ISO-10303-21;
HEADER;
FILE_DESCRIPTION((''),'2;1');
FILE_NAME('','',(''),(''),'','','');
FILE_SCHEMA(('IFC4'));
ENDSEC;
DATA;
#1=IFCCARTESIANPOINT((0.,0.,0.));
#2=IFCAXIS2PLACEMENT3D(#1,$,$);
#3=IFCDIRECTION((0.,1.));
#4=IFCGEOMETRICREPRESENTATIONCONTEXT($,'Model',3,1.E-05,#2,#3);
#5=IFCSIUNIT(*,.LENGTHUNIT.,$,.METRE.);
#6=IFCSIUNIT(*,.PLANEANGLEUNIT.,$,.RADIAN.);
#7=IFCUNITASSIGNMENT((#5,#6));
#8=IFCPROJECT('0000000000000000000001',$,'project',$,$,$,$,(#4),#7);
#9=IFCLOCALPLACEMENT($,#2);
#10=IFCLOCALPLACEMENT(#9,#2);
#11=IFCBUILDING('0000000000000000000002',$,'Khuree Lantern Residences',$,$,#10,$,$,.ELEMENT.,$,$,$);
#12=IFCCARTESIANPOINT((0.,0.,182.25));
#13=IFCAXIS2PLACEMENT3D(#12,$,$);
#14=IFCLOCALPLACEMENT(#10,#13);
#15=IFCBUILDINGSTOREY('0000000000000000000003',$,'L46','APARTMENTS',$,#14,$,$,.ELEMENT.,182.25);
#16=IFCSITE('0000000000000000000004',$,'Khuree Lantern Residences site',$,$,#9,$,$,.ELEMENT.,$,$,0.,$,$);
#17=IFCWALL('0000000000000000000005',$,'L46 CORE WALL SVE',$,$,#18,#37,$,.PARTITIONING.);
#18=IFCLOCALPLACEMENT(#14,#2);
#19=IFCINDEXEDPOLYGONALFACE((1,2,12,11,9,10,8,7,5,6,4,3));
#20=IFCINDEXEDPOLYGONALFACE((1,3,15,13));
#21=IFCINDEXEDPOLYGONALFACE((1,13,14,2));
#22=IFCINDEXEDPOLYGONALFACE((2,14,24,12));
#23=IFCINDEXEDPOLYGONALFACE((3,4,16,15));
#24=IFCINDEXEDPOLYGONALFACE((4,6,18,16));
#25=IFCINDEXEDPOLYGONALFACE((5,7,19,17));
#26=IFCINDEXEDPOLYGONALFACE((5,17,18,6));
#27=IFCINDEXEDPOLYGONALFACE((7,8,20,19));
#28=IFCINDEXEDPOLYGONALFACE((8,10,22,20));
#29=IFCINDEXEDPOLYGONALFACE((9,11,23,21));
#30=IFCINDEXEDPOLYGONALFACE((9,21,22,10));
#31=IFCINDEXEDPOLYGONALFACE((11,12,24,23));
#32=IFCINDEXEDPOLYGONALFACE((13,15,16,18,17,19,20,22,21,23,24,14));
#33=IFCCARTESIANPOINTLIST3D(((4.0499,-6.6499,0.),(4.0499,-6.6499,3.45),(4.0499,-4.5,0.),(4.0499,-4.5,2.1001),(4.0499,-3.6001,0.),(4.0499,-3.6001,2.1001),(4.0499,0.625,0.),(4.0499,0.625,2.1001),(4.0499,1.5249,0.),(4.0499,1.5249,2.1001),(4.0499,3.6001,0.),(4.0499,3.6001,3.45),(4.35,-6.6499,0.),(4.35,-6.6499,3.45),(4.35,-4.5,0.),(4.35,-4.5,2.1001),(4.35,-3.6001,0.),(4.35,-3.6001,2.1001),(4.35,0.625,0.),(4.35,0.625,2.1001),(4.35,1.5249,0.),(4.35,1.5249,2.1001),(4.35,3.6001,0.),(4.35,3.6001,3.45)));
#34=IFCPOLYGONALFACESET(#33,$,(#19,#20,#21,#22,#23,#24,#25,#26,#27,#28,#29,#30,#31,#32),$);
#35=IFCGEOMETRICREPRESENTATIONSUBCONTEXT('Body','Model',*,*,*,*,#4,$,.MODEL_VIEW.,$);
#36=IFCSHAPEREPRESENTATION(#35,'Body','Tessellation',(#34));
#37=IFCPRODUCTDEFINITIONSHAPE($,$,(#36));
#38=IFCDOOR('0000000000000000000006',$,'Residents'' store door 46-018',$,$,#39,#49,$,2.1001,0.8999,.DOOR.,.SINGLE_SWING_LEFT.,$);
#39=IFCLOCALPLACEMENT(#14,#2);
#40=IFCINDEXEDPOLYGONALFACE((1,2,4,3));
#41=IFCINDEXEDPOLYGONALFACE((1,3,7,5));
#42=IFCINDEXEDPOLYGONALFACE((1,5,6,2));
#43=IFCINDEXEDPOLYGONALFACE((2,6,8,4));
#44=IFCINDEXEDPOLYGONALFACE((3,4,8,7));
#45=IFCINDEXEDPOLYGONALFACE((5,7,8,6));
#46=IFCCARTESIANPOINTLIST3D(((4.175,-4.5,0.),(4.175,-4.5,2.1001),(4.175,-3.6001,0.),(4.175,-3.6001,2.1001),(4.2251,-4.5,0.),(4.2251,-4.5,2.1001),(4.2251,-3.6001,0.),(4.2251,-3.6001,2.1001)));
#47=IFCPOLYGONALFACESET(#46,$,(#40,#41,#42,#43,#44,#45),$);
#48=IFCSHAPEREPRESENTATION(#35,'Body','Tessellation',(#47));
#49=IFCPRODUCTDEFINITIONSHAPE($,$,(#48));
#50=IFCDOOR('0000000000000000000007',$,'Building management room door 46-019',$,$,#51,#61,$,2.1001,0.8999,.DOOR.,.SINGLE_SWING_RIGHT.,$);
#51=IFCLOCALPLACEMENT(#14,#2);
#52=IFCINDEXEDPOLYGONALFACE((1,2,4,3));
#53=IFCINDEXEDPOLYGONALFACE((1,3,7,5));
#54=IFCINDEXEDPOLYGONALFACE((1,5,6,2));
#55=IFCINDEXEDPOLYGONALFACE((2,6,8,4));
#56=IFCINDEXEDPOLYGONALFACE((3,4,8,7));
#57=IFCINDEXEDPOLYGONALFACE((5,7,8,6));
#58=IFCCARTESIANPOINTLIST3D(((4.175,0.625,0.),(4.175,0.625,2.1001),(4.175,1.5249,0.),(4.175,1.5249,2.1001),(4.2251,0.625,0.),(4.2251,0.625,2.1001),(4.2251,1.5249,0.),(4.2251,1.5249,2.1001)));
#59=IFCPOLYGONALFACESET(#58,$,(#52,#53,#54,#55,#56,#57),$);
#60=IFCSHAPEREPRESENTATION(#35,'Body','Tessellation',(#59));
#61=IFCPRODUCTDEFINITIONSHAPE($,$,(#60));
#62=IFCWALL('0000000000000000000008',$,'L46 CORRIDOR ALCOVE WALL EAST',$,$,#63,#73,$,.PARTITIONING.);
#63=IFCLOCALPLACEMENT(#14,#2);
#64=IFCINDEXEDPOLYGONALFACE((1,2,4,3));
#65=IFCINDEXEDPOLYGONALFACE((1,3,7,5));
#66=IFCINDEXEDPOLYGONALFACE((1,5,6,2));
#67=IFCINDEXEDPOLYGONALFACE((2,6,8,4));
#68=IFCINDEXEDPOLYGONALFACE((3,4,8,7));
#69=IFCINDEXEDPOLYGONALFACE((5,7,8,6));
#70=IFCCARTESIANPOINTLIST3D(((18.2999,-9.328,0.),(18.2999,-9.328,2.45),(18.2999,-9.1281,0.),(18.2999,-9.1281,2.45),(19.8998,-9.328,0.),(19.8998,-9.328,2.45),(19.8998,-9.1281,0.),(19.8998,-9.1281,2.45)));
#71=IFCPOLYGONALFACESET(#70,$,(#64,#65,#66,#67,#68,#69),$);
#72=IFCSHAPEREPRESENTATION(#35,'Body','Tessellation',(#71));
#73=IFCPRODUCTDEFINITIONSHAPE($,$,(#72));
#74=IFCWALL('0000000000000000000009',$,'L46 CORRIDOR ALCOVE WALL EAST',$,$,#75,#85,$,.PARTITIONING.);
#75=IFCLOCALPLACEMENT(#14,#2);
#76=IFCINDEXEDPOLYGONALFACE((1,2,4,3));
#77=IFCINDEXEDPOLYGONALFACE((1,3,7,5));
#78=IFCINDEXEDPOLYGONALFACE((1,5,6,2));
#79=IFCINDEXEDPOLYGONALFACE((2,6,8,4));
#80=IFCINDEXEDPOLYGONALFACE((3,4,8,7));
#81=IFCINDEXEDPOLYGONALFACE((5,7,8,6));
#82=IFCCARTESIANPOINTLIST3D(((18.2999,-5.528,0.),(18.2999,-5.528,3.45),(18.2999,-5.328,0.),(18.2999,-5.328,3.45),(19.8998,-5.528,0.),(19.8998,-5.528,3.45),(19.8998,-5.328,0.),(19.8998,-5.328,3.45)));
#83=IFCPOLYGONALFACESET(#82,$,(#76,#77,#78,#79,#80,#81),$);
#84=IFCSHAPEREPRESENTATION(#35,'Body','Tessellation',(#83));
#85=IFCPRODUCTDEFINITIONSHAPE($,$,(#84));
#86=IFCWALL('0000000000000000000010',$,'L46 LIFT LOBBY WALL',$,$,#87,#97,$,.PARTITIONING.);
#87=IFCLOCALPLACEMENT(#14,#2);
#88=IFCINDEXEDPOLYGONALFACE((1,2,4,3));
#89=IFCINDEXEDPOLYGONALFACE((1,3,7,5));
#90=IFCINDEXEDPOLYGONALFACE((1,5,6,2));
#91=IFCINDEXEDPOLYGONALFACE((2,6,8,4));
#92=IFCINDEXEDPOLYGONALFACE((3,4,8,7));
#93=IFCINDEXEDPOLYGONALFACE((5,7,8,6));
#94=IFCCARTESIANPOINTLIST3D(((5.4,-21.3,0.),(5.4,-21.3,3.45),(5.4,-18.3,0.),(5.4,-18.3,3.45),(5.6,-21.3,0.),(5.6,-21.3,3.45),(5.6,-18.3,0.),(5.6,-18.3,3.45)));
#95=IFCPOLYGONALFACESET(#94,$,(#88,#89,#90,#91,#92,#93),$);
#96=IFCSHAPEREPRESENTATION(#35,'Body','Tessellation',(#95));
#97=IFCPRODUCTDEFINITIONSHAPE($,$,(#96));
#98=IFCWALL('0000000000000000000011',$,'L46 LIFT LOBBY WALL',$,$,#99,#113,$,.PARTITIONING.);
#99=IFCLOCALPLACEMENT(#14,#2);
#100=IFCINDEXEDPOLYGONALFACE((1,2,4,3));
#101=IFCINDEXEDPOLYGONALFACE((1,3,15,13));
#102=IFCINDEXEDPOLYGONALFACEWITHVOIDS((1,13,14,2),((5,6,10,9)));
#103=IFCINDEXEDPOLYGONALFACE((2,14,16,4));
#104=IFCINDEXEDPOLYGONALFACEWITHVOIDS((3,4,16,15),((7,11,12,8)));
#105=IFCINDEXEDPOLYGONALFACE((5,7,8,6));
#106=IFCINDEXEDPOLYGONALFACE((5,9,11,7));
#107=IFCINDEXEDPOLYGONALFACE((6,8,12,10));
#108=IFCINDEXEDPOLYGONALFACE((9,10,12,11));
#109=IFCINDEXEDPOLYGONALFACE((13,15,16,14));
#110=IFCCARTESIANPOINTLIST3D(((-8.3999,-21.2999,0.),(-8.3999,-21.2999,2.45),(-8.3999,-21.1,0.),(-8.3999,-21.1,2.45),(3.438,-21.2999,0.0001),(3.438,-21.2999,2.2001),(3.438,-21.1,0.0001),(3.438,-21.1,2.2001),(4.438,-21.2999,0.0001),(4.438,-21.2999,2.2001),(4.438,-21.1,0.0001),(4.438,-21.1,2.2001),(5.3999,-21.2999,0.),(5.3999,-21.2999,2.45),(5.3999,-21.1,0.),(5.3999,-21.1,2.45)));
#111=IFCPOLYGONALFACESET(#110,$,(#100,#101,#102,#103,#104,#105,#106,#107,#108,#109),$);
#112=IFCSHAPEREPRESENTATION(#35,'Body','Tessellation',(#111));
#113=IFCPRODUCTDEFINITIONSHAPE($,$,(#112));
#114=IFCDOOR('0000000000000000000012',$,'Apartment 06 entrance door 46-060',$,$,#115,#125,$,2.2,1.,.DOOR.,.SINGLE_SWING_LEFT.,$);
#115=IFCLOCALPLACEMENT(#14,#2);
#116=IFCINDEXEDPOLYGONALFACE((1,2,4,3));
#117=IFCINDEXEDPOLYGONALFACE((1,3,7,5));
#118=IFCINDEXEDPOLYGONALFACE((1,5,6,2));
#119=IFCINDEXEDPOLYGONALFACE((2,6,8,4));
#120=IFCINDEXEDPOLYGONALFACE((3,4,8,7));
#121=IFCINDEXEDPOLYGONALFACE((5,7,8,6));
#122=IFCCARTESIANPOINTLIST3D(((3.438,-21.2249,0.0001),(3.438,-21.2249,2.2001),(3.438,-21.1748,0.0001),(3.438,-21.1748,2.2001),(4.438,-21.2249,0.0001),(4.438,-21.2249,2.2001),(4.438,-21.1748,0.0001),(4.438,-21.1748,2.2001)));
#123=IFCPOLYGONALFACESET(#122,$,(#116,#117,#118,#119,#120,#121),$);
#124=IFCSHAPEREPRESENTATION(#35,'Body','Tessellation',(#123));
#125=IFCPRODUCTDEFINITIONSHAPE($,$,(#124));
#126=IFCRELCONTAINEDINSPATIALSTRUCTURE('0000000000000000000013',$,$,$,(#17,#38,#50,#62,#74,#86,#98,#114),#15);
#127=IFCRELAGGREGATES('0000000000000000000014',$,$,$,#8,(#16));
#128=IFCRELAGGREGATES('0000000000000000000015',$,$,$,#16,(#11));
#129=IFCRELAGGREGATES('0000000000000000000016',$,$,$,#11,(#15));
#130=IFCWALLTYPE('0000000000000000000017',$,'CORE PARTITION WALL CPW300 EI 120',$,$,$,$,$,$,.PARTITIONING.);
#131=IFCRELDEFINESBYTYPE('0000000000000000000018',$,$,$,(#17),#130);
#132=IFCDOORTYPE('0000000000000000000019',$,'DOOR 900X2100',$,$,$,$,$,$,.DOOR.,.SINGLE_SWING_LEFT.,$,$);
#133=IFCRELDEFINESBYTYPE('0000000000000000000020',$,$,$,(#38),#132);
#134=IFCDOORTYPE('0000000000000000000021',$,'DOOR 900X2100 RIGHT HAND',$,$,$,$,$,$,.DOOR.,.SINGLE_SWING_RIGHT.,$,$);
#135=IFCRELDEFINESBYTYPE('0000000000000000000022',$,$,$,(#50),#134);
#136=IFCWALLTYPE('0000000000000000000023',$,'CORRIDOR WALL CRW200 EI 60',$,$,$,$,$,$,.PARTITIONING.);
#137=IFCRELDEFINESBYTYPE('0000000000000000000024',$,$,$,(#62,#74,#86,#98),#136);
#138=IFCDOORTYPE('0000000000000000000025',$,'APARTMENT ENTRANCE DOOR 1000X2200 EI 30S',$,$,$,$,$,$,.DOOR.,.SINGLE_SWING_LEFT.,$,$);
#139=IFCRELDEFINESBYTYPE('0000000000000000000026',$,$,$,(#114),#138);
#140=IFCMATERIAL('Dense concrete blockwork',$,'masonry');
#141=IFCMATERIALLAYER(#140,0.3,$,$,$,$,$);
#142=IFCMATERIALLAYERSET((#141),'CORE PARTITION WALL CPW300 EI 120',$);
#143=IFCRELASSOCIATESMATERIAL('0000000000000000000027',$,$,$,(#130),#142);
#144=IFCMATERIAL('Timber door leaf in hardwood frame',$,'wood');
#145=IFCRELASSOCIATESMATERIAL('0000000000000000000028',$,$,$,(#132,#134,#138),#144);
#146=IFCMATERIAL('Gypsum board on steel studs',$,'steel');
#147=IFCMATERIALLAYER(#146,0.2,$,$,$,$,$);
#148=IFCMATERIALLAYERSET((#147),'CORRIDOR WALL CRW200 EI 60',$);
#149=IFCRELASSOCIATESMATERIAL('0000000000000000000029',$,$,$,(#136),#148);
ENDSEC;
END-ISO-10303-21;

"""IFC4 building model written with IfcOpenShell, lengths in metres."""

from ifc_helpers import new_model, si_unit, direction, frame, frame_2d, origin, place, context, subcontext, project, spatial, rectangle, extrude, material, layer, layer_set, type_object, element, fill, save


model = new_model("IFC4")

# Units and contexts
model_context = context("Model", 3, precision=1e-05, world=origin(), true_north=direction((0.0, 1.0)))
body_context = subcontext(model_context, "Body", "Model", "MODEL_VIEW")
ifc_project = project(units=[si_unit("LENGTHUNIT", "METRE"), si_unit("PLANEANGLEUNIT", "RADIAN")], contexts=[model_context])

# Site, building, storey
site_placement = place(None, origin())
site = spatial("IfcSite", under=ifc_project, at=site_placement, Name="Khuree Lantern Residences site", CompositionType="ELEMENT", RefElevation=0.0)
building_placement = place(site_placement, origin())
building = spatial("IfcBuilding", under=site, at=building_placement, Name="Khuree Lantern Residences", CompositionType="ELEMENT")
storey_placement = place(building_placement, frame((0.0, 0.0, 182.25)))
storey = spatial("IfcBuildingStorey", under=building, at=storey_placement, Name="L46", Description="APARTMENTS", CompositionType="ELEMENT", Elevation=182.25)

# Shared definitions
ifc_material_1 = material(Name="Timber door leaf in hardwood frame", Category="wood")

# Shared definitions
ifc_material_2 = material(Name="Dense concrete blockwork", Category="masonry")
ifc_layer_1 = layer(ifc_material_2, 0.3)
ifc_layer_set_1 = layer_set([ifc_layer_1], Name="CORE PARTITION WALL CPW300 EI 120")
wall_type_1 = type_object("IfcWallType", Name="CORE PARTITION WALL CPW300 EI 120", PredefinedType="PARTITIONING", material=ifc_layer_set_1)

# Wall, openings, doors
wall_1_placement = place(storey_placement, frame((4.2, -6.6499, 0.0), z_axis=(0.0, 0.0, 1.0), x_axis=(0.0, 1.0, 0.0)))
wall_1 = element("IfcWall", 1, at=wall_1_placement, inside=storey, type_object=wall_type_1, Name="L46 CORE WALL SVE", PredefinedType="PARTITIONING", context=body_context, shape_type="SweptSolid", body=[
    extrude(rectangle(XDim=10.25, YDim=0.3, at=frame_2d((5.125, 0.0))), origin(), (0.0, 0.0, 1.0), 3.45),
])
opening_1_placement = place(wall_1_placement, frame((2.1499, 0.0, 0.0)))
opening_1 = element("IfcOpeningElement", 2, at=opening_1_placement, cuts=wall_1, PredefinedType="OPENING", context=body_context, shape_type="SweptSolid", body=[
    extrude(rectangle(XDim=0.8999, YDim=2.1001, at=frame_2d((0.45, 1.05))), frame((0.0, 0.1602, 0.0), z_axis=(0.0, -1.0, 0.0), x_axis=(1.0, 0.0, 0.0)), (0.0, 0.0, 1.0), 0.3201),
])
opening_2_placement = place(wall_1_placement, frame((7.2749, 0.0, 0.0)))
opening_2 = element("IfcOpeningElement", 3, at=opening_2_placement, cuts=wall_1, PredefinedType="OPENING", context=body_context, shape_type="SweptSolid", body=[
    extrude(rectangle(XDim=0.8999, YDim=2.1001, at=frame_2d((0.45, 1.05))), frame((0.0, 0.1602, 0.0), z_axis=(0.0, -1.0, 0.0), x_axis=(1.0, 0.0, 0.0)), (0.0, 0.0, 1.0), 0.3201),
])
door_type_1 = type_object("IfcDoorType", Name="DOOR 900X2100", OperationType="SINGLE_SWING_LEFT", PredefinedType="DOOR", material=ifc_material_1)
door_1_placement = place(opening_1_placement, origin())
door_1 = element("IfcDoor", 4, at=door_1_placement, inside=storey, type_object=door_type_1, Name="Residents' store door 46-018", OperationType="SINGLE_SWING_LEFT", OverallHeight=2.1001, OverallWidth=0.8999, PredefinedType="DOOR", context=body_context, shape_type="SweptSolid", body=[
    extrude(rectangle(XDim=0.8999, YDim=2.1001, at=frame_2d((0.45, 1.05))), frame((0.0, 0.0249, 0.0), z_axis=(0.0, -1.0, 0.0), x_axis=(1.0, 0.0, 0.0)), (0.0, 0.0, 1.0), 0.05),
])
fill(opening_1, door_1)
door_type_2 = type_object("IfcDoorType", Name="DOOR 900X2100 RIGHT HAND", OperationType="SINGLE_SWING_RIGHT", PredefinedType="DOOR", material=ifc_material_1)
door_2_placement = place(opening_2_placement, origin())
door_2 = element("IfcDoor", 5, at=door_2_placement, inside=storey, type_object=door_type_2, Name="Building management room door 46-019", OperationType="SINGLE_SWING_RIGHT", OverallHeight=2.1001, OverallWidth=0.8999, PredefinedType="DOOR", context=body_context, shape_type="SweptSolid", body=[
    extrude(rectangle(XDim=0.8999, YDim=2.1001, at=frame_2d((0.45, 1.05))), frame((0.0, 0.0249, 0.0), z_axis=(0.0, -1.0, 0.0), x_axis=(1.0, 0.0, 0.0)), (0.0, 0.0, 1.0), 0.05),
])
fill(opening_2, door_2)

# Walls
ifc_material_3 = material(Name="Gypsum board on steel studs", Category="steel")
ifc_layer_2 = layer(ifc_material_3, 0.2)
ifc_layer_set_2 = layer_set([ifc_layer_2], Name="CORRIDOR WALL CRW200 EI 60")
wall_type_2 = type_object("IfcWallType", Name="CORRIDOR WALL CRW200 EI 60", PredefinedType="PARTITIONING", material=ifc_layer_set_2)
wall_2_placement = place(storey_placement, frame((18.3, -9.228, 0.0), z_axis=(0.0, 0.0, 1.0), x_axis=(1.0, 0.0, 0.0)))
element("IfcWall", 6, at=wall_2_placement, inside=storey, type_object=wall_type_2, Name="L46 CORRIDOR ALCOVE WALL EAST", PredefinedType="PARTITIONING", context=body_context, shape_type="SweptSolid", body=[
    extrude(rectangle(XDim=1.5999, YDim=0.2, at=frame_2d((0.7998, 0.0))), origin(), (0.0, 0.0, 1.0), 2.45),
])
wall_3_placement = place(storey_placement, frame((18.3, -5.428, 0.0), z_axis=(0.0, 0.0, 1.0), x_axis=(1.0, 0.0, 0.0)))
element("IfcWall", 7, at=wall_3_placement, inside=storey, type_object=wall_type_2, Name="L46 CORRIDOR ALCOVE WALL EAST", PredefinedType="PARTITIONING", context=body_context, shape_type="SweptSolid", body=[
    extrude(rectangle(XDim=1.5999, YDim=0.2, at=frame_2d((0.7998, 0.0))), origin(), (0.0, 0.0, 1.0), 3.45),
])
wall_4_placement = place(storey_placement, frame((5.5, -18.3, 0.0), z_axis=(0.0, 0.0, 1.0), x_axis=(0.0, -1.0, 0.0)))
element("IfcWall", 8, at=wall_4_placement, inside=storey, type_object=wall_type_2, Name="L46 LIFT LOBBY WALL", PredefinedType="PARTITIONING", context=body_context, shape_type="SweptSolid", body=[
    extrude(rectangle(XDim=3.0, YDim=0.2, at=frame_2d((1.5, 0.0))), origin(), (0.0, 0.0, 1.0), 3.45),
])

# Wall, opening, door
wall_5_placement = place(storey_placement, frame((5.3999, -21.2, 0.0), z_axis=(0.0, 0.0, 1.0), x_axis=(-1.0, 0.0, 0.0)))
wall_5 = element("IfcWall", 9, at=wall_5_placement, inside=storey, type_object=wall_type_2, Name="L46 LIFT LOBBY WALL", PredefinedType="PARTITIONING", context=body_context, shape_type="SweptSolid", body=[
    extrude(rectangle(XDim=13.7998, YDim=0.2, at=frame_2d((6.8999, 0.0))), origin(), (0.0, 0.0, 1.0), 2.45),
])
opening_3_placement = place(wall_5_placement, frame((0.9619, 0.0, 0.0)))
opening_3 = element("IfcOpeningElement", 10, at=opening_3_placement, cuts=wall_5, PredefinedType="OPENING", context=body_context, shape_type="SweptSolid", body=[
    extrude(rectangle(XDim=1.0, YDim=2.2, at=frame_2d((0.5, 1.1001))), frame((0.0, 0.1099, 0.0), z_axis=(0.0, -1.0, 0.0), x_axis=(1.0, 0.0, 0.0)), (0.0, 0.0, 1.0), 0.22),
])
door_type_3 = type_object("IfcDoorType", Name="APARTMENT ENTRANCE DOOR 1000X2200 EI 30S", OperationType="SINGLE_SWING_LEFT", PredefinedType="DOOR", material=ifc_material_1)
door_3_placement = place(opening_3_placement, origin())
door_3 = element("IfcDoor", 11, at=door_3_placement, inside=storey, type_object=door_type_3, Name="Apartment 06 entrance door 46-060", OperationType="SINGLE_SWING_LEFT", OverallHeight=2.2, OverallWidth=1.0, PredefinedType="DOOR", context=body_context, shape_type="SweptSolid", body=[
    extrude(rectangle(XDim=1.0, YDim=2.2, at=frame_2d((0.5, 1.1001))), frame((0.0, 0.0249, 0.0), z_axis=(0.0, -1.0, 0.0), x_axis=(1.0, 0.0, 0.0)), (0.0, 0.0, 1.0), 0.05),
])
fill(opening_3, door_3)

save(model, "model.ifc")
